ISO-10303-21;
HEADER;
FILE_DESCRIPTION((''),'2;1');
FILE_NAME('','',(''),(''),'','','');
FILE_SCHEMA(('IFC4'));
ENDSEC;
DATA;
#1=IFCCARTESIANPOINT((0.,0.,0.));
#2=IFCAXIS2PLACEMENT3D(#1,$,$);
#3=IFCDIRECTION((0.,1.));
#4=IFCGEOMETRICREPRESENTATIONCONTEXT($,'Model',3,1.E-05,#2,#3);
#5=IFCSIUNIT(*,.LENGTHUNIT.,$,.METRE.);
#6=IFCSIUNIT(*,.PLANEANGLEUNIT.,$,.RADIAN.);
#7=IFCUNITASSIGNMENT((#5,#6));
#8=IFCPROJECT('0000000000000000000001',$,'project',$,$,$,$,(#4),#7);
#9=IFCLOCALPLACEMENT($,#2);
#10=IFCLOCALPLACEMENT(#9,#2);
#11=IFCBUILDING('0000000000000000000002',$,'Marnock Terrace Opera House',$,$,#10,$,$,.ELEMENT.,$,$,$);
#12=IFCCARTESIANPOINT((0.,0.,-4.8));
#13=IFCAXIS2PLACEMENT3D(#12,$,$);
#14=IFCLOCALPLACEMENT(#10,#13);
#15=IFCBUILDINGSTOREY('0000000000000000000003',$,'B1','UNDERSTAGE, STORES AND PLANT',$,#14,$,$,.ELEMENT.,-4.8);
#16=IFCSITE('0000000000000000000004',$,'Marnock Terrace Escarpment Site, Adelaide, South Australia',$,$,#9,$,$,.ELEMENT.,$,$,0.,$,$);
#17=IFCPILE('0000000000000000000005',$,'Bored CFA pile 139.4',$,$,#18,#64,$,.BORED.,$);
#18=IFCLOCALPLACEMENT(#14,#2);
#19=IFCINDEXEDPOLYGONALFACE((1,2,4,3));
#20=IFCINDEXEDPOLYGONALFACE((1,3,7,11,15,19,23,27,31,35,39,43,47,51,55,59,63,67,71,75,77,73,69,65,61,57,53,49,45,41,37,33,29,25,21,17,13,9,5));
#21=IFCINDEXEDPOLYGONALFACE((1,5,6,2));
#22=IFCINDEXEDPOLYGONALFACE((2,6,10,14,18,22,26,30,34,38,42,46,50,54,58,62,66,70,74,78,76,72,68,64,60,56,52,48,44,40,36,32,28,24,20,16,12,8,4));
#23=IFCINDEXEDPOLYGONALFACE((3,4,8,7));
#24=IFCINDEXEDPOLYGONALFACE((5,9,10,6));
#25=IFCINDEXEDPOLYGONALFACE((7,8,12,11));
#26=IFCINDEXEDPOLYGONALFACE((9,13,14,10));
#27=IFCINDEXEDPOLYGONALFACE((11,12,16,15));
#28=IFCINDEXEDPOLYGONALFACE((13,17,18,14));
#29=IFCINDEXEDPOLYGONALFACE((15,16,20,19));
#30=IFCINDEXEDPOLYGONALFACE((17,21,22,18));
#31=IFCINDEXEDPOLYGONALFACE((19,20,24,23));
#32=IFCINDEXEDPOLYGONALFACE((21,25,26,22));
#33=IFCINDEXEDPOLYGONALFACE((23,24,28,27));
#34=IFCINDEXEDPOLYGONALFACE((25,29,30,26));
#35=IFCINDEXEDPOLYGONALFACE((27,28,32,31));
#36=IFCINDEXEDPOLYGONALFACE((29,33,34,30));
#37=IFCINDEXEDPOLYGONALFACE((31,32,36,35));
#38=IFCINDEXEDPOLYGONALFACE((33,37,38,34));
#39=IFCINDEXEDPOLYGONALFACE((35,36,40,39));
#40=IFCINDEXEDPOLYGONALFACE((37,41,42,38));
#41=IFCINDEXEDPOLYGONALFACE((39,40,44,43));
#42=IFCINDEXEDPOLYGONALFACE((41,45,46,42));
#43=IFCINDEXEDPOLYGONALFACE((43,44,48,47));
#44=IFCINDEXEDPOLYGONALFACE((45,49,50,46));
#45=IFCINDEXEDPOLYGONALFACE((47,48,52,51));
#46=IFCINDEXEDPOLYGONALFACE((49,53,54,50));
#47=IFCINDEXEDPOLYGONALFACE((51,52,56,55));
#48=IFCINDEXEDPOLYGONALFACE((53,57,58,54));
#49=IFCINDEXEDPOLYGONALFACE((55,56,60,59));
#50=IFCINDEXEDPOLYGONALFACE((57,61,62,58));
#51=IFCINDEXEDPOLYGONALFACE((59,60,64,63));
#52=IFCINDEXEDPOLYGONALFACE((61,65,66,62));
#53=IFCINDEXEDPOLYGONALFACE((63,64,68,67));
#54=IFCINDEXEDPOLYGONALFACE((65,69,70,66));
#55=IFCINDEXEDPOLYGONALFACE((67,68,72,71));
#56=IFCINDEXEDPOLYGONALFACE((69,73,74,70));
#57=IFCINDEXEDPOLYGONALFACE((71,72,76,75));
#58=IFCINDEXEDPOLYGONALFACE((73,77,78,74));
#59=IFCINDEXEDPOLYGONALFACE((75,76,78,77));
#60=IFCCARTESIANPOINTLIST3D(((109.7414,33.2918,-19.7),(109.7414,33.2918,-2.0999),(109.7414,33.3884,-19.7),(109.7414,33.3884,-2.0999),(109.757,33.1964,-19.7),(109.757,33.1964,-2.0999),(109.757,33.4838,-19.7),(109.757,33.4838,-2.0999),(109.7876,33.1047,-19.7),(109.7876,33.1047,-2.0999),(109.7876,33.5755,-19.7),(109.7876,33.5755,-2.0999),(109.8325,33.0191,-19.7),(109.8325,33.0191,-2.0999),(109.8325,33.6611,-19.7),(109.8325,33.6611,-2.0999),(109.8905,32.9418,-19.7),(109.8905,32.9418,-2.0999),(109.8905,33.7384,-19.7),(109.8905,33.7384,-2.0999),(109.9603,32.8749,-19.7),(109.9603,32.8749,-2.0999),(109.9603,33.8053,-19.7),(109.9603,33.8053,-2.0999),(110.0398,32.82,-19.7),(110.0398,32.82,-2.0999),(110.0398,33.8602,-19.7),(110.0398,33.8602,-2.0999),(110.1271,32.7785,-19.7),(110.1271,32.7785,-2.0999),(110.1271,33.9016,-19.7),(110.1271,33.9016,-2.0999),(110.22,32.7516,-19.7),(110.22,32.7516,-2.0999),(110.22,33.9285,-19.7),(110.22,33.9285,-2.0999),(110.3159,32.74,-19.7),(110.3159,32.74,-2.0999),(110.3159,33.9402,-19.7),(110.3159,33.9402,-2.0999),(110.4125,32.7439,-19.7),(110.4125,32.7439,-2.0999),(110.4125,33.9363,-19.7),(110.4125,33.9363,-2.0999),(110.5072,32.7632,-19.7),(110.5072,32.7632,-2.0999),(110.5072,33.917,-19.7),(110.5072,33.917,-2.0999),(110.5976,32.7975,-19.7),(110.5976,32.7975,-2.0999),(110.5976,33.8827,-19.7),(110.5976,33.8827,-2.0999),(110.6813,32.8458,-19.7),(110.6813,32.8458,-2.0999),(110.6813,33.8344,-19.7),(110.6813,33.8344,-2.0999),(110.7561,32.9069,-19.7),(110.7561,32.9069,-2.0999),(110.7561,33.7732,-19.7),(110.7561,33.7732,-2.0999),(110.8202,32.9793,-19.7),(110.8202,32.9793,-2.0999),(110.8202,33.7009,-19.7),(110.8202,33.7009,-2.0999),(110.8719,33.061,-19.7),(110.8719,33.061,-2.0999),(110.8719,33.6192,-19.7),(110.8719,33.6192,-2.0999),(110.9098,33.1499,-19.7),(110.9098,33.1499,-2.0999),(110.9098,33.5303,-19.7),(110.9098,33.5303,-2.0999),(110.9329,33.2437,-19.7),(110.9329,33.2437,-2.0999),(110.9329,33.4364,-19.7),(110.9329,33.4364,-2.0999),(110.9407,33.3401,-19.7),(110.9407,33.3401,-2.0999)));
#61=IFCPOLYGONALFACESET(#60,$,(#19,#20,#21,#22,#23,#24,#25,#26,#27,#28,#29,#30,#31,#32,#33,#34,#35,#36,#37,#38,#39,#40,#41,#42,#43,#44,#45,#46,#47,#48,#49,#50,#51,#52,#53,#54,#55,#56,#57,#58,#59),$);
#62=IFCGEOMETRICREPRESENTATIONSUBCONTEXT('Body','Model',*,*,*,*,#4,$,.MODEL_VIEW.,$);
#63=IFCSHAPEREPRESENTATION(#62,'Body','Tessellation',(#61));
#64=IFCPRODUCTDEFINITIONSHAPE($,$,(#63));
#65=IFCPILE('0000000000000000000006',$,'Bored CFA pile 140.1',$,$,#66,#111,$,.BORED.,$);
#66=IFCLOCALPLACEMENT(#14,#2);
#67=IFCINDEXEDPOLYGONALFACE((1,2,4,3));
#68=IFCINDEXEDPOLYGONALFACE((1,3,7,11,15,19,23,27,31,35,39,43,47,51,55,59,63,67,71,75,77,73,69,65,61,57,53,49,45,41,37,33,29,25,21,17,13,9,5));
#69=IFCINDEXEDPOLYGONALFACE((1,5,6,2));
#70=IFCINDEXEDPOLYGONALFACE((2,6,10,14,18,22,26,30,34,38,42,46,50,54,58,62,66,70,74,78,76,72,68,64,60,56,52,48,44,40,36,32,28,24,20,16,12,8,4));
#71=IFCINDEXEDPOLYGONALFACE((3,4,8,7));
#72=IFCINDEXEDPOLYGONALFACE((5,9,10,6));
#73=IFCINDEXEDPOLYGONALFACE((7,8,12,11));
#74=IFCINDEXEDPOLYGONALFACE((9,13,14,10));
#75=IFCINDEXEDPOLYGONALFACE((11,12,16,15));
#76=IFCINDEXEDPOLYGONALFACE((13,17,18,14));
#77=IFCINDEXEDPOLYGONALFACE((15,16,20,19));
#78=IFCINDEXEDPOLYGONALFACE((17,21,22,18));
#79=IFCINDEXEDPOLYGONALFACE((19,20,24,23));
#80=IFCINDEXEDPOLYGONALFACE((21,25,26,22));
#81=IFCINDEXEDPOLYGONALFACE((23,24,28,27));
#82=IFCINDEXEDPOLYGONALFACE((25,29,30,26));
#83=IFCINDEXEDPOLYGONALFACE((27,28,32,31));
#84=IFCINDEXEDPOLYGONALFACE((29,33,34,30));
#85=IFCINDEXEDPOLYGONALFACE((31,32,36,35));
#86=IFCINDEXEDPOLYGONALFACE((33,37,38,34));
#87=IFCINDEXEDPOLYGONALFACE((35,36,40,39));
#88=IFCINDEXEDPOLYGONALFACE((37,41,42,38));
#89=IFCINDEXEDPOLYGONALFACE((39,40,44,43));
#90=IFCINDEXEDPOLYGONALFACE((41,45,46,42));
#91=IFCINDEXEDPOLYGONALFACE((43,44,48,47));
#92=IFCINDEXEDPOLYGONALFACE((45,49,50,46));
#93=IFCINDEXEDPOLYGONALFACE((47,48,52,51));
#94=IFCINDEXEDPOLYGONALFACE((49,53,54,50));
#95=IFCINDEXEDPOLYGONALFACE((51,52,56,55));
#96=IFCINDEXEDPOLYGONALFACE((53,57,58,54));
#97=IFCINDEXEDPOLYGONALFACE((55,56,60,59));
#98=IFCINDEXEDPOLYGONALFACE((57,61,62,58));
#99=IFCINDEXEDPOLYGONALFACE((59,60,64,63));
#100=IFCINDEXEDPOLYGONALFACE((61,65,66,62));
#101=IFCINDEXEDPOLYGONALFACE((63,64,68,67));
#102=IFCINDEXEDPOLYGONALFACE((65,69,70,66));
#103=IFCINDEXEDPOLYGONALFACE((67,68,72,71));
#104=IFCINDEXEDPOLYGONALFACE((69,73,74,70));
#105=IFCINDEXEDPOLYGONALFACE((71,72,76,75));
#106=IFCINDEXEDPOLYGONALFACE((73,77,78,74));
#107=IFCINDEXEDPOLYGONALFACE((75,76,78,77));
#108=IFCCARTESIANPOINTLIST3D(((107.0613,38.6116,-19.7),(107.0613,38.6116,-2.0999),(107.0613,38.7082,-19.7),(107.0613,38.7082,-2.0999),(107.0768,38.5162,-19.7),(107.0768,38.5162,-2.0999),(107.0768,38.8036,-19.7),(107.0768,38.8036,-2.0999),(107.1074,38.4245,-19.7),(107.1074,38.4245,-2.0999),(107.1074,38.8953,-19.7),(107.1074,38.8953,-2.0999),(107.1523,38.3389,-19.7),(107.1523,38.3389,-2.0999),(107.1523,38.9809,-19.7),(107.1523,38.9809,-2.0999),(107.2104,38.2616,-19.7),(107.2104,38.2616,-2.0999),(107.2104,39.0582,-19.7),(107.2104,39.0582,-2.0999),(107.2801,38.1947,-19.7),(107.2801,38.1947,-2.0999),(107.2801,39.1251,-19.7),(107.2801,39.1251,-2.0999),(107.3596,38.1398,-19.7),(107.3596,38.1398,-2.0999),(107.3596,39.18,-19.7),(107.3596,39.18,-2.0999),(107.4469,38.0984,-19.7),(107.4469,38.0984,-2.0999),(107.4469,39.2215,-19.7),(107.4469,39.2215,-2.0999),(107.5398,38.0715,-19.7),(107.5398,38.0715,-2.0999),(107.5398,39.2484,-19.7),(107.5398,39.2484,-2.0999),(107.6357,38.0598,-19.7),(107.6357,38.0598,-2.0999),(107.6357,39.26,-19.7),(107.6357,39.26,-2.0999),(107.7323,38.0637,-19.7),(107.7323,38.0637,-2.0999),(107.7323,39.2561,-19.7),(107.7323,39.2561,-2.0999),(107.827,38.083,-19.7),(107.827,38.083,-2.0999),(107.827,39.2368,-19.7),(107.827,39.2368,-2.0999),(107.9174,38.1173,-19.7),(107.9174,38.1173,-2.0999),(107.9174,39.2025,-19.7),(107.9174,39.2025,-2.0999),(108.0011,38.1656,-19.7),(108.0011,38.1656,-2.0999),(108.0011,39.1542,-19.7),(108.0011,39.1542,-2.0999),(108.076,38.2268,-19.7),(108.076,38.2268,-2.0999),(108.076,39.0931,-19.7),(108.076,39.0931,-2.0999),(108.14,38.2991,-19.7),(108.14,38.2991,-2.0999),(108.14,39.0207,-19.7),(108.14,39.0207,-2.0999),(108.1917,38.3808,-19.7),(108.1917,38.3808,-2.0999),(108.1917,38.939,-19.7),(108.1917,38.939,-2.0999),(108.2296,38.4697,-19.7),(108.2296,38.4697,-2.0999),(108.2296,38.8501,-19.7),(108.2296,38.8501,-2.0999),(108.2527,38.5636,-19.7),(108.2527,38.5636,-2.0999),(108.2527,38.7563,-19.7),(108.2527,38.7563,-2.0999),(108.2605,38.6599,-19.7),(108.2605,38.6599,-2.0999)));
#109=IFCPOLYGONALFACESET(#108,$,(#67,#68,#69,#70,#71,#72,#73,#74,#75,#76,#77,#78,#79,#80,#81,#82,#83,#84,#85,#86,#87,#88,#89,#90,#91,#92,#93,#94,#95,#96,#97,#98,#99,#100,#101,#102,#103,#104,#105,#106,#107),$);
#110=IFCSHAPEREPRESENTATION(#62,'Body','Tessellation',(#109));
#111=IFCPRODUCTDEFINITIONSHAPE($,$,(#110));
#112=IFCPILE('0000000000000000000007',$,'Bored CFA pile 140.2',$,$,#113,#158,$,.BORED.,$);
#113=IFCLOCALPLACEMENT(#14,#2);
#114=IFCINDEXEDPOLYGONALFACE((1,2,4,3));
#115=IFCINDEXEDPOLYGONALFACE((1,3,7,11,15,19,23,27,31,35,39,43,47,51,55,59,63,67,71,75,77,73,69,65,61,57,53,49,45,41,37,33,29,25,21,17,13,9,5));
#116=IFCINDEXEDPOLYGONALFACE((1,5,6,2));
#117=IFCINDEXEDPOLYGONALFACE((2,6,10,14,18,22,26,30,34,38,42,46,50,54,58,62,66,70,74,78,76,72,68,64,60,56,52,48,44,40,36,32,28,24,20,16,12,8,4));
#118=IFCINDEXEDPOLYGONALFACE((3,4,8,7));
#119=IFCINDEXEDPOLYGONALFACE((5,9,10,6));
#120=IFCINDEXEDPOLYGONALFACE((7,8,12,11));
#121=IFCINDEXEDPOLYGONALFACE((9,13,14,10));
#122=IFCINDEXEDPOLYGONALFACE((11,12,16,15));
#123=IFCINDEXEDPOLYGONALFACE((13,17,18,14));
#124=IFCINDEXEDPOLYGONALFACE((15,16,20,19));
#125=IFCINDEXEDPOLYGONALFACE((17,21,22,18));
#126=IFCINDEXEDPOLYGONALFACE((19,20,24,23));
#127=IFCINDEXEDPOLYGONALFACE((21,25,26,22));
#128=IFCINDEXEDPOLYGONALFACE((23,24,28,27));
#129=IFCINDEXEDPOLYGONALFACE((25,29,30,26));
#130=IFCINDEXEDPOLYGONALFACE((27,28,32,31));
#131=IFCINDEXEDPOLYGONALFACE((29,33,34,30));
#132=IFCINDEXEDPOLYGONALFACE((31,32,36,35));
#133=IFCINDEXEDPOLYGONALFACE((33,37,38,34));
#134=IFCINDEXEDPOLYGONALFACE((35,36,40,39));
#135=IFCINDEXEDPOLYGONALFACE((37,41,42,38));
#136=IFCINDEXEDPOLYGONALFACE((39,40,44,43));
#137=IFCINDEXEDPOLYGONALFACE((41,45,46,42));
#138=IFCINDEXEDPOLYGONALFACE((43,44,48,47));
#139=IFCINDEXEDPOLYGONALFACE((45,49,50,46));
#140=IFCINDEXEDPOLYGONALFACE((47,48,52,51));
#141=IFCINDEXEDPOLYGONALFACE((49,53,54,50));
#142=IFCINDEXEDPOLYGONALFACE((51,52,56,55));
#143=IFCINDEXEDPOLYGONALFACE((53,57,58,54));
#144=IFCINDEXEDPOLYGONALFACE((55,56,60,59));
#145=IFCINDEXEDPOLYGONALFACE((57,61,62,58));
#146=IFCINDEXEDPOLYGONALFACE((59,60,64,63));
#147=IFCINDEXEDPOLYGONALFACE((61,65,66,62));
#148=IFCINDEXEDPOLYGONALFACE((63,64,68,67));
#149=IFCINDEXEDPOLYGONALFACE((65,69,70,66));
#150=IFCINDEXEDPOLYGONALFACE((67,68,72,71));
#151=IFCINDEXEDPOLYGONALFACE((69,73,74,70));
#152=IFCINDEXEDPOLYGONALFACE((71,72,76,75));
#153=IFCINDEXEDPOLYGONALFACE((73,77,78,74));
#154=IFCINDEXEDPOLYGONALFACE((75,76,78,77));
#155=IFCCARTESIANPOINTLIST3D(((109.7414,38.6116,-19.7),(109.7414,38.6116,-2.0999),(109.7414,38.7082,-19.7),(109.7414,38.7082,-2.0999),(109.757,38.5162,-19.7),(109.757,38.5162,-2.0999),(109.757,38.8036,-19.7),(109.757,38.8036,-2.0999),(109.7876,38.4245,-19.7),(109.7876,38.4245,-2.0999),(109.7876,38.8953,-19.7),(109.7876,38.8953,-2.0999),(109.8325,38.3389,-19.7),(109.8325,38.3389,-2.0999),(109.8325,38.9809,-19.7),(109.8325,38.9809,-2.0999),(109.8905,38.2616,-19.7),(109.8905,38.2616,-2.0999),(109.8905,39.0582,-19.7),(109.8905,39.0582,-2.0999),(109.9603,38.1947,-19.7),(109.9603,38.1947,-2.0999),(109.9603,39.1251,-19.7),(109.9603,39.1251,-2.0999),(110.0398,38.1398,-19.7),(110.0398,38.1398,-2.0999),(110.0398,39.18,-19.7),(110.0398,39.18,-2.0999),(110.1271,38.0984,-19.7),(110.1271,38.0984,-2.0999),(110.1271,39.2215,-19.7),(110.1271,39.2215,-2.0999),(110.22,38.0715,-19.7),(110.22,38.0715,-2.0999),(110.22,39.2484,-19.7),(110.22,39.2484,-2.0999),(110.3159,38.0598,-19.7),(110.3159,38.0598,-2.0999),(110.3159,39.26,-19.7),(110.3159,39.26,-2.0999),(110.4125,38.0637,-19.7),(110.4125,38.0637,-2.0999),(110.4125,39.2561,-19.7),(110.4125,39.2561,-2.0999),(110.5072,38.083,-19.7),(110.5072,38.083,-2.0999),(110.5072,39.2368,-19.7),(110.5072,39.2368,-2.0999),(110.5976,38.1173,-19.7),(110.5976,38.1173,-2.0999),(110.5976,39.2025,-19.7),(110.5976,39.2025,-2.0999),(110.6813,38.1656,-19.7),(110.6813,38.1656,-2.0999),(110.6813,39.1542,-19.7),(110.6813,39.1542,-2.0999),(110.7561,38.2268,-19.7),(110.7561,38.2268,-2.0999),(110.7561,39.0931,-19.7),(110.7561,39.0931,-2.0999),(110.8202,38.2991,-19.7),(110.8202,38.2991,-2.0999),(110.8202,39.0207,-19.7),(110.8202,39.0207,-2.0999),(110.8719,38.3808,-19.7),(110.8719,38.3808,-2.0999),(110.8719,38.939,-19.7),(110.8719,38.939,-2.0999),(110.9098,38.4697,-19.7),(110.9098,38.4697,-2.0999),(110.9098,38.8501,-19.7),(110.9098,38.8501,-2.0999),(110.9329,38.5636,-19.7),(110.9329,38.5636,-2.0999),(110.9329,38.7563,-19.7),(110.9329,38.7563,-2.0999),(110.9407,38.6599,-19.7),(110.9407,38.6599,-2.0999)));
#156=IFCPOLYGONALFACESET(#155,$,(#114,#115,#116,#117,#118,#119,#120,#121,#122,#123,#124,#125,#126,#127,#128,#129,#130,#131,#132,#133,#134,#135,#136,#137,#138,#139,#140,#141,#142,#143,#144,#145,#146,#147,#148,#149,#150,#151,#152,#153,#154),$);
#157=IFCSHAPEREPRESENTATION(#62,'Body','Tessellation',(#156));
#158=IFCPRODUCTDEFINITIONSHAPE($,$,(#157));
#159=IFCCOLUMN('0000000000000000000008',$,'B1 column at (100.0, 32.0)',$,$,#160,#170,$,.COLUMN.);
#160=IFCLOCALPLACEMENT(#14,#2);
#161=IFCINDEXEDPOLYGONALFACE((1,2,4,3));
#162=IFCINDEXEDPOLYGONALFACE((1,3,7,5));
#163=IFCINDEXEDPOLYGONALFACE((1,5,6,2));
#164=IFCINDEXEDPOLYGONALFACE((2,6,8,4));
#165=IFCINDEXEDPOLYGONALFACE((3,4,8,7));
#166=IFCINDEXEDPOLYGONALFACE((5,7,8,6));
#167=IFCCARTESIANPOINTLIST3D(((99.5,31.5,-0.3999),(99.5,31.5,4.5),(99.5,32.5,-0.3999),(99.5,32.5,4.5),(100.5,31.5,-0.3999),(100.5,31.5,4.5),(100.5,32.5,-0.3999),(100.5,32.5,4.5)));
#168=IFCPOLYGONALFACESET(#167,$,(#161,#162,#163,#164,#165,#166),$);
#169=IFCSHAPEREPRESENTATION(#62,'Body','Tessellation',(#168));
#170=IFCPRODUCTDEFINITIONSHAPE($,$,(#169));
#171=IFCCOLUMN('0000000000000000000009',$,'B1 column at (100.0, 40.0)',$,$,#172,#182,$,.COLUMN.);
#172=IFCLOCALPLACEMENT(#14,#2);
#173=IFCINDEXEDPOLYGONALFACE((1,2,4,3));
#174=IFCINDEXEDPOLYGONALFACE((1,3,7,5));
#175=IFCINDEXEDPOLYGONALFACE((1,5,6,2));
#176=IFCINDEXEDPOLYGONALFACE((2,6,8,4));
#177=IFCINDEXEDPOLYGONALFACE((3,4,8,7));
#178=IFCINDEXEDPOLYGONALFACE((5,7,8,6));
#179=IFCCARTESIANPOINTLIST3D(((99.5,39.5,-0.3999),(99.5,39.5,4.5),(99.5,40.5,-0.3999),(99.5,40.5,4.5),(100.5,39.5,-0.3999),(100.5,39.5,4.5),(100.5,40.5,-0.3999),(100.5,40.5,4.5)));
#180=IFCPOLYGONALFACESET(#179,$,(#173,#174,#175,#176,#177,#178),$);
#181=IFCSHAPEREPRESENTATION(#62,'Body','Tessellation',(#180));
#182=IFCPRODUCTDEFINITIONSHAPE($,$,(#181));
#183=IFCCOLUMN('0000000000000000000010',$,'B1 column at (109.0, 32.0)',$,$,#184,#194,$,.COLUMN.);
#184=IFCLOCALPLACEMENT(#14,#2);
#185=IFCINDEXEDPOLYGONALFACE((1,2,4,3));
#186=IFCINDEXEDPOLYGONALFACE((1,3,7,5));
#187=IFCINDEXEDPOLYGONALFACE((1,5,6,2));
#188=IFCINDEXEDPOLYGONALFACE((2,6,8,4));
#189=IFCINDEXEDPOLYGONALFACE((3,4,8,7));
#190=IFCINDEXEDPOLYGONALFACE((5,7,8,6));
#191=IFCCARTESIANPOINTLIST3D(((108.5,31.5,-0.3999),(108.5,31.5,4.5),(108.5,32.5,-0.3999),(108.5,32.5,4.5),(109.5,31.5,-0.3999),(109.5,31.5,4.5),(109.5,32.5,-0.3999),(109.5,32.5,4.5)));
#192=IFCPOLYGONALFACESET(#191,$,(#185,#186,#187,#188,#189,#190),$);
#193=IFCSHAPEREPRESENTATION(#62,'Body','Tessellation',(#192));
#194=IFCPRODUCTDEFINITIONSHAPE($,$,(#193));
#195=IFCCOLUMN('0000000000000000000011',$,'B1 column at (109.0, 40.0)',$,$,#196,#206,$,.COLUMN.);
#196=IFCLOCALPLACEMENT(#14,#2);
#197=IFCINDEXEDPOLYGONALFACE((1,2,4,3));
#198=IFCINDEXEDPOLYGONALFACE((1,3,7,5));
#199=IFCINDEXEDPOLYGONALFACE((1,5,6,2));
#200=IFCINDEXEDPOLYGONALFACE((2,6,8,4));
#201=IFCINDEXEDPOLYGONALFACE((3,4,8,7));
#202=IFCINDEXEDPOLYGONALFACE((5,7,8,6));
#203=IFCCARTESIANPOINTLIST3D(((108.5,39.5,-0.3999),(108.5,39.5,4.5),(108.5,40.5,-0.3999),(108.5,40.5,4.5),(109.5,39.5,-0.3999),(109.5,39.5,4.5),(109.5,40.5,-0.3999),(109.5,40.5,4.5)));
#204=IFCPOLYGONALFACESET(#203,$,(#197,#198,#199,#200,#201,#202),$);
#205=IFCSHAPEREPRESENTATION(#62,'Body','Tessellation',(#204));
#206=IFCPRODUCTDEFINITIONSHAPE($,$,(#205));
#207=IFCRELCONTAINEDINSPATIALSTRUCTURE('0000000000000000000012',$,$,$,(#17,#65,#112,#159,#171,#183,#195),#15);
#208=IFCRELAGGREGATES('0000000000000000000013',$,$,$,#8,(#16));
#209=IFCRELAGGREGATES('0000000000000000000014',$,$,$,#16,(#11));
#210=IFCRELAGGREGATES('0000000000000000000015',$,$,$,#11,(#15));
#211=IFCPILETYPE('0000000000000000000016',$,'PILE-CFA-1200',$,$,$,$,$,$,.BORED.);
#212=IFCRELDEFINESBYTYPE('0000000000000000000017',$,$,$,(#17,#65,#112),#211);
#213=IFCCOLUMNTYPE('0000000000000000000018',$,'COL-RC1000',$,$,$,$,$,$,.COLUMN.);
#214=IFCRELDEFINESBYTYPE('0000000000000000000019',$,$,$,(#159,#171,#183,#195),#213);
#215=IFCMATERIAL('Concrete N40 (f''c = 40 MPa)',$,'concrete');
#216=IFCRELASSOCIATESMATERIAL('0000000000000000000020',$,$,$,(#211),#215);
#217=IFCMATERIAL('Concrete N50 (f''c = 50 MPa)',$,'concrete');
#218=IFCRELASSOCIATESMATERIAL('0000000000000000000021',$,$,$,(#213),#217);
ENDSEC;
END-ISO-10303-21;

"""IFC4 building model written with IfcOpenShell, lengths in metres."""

from ifc_helpers import new_model, si_unit, direction, frame, origin, origin_2d, place, context, subcontext, project, spatial, rectangle, circle, extrude, material, material_profile, profile_set, type_object, element, save


model = new_model("IFC4")

# Units and contexts
model_context = context("Model", 3, precision=1e-05, world=origin(), true_north=direction((0.0, 1.0)))
body_context = subcontext(model_context, "Body", "Model", "MODEL_VIEW")
ifc_project = project(units=[si_unit("LENGTHUNIT", "METRE"), si_unit("PLANEANGLEUNIT", "RADIAN")], contexts=[model_context])

# Site, building, storey
site_placement = place(None, origin())
site = spatial("IfcSite", under=ifc_project, at=site_placement, Name="Marnock Terrace Escarpment Site, Adelaide, South Australia", CompositionType="ELEMENT", RefElevation=0.0)
building_placement = place(site_placement, origin())
building = spatial("IfcBuilding", under=site, at=building_placement, Name="Marnock Terrace Opera House", CompositionType="ELEMENT")
storey_placement = place(building_placement, frame((0.0, 0.0, -4.8)))
storey = spatial("IfcBuildingStorey", under=building, at=storey_placement, Name="B1", Description="UNDERSTAGE, STORES AND PLANT", CompositionType="ELEMENT", Elevation=-4.8)

# Shared definitions
ifc_material_1 = material(Name="Concrete N40 (f'c = 40 MPa)", Category="concrete")

# Piles
ifc_material_profile_1 = material_profile(ifc_material_1, circle(Radius=0.6006, at=origin_2d()))
ifc_profile_set_1 = profile_set([ifc_material_profile_1], Name="Concrete N40 (f'c = 40 MPa)")
pile_type = type_object("IfcPileType", Name="PILE-CFA-1200", PredefinedType="BORED", material=ifc_profile_set_1)
for number, where, z_axis, x_axis, name in (
    (1, (110.3401, 33.3401, -2.0999), (0.0, 0.0, -1.0), (1.0, 0.0, 0.0), "Bored CFA pile 139.4"),
    (2, (107.6599, 38.6599, -2.0999), (0.0, 0.0, -1.0), (1.0, 0.0, 0.0), "Bored CFA pile 140.1"),
    (3, (110.3401, 38.6599, -2.0999), (0.0, 0.0, -1.0), (1.0, 0.0, 0.0), "Bored CFA pile 140.2"),
):
    element("IfcPile", number, at=place(storey_placement, frame(where, z_axis=z_axis, x_axis=x_axis)), inside=storey, type_object=pile_type, Name=name, PredefinedType="BORED", context=body_context, shape_type="SweptSolid", body=[
        extrude(circle(Radius=0.6006, at=origin_2d()), origin(), (0.0, 0.0, 1.0), 17.6001),
    ])

# Columns
ifc_material_2 = material(Name="Concrete N50 (f'c = 50 MPa)", Category="concrete")
ifc_material_profile_2 = material_profile(ifc_material_2, rectangle(XDim=1.0, YDim=1.0, at=origin_2d()))
ifc_profile_set_2 = profile_set([ifc_material_profile_2], Name="Concrete N50 (f'c = 50 MPa)")
column_type = type_object("IfcColumnType", Name="COL-RC1000", PredefinedType="COLUMN", material=ifc_profile_set_2)
for number, where, z_axis, x_axis, name in (
    (4, (100.0, 32.0, -0.3999), (0.0, 0.0, 1.0), (1.0, 0.0, 0.0), "B1 column at (100.0, 32.0)"),
    (5, (100.0, 40.0, -0.3999), (0.0, 0.0, 1.0), (1.0, 0.0, 0.0), "B1 column at (100.0, 40.0)"),
    (6, (109.0, 32.0, -0.3999), (0.0, 0.0, 1.0), (1.0, 0.0, 0.0), "B1 column at (109.0, 32.0)"),
    (7, (109.0, 40.0, -0.3999), (0.0, 0.0, 1.0), (1.0, 0.0, 0.0), "B1 column at (109.0, 40.0)"),
):
    element("IfcColumn", number, at=place(storey_placement, frame(where, z_axis=z_axis, x_axis=x_axis)), inside=storey, type_object=column_type, Name=name, PredefinedType="COLUMN", context=body_context, shape_type="SweptSolid", body=[
        extrude(rectangle(XDim=1.0, YDim=1.0, at=origin_2d()), origin(), (0.0, 0.0, 1.0), 4.8999),
    ])

save(model, "model.ifc")
